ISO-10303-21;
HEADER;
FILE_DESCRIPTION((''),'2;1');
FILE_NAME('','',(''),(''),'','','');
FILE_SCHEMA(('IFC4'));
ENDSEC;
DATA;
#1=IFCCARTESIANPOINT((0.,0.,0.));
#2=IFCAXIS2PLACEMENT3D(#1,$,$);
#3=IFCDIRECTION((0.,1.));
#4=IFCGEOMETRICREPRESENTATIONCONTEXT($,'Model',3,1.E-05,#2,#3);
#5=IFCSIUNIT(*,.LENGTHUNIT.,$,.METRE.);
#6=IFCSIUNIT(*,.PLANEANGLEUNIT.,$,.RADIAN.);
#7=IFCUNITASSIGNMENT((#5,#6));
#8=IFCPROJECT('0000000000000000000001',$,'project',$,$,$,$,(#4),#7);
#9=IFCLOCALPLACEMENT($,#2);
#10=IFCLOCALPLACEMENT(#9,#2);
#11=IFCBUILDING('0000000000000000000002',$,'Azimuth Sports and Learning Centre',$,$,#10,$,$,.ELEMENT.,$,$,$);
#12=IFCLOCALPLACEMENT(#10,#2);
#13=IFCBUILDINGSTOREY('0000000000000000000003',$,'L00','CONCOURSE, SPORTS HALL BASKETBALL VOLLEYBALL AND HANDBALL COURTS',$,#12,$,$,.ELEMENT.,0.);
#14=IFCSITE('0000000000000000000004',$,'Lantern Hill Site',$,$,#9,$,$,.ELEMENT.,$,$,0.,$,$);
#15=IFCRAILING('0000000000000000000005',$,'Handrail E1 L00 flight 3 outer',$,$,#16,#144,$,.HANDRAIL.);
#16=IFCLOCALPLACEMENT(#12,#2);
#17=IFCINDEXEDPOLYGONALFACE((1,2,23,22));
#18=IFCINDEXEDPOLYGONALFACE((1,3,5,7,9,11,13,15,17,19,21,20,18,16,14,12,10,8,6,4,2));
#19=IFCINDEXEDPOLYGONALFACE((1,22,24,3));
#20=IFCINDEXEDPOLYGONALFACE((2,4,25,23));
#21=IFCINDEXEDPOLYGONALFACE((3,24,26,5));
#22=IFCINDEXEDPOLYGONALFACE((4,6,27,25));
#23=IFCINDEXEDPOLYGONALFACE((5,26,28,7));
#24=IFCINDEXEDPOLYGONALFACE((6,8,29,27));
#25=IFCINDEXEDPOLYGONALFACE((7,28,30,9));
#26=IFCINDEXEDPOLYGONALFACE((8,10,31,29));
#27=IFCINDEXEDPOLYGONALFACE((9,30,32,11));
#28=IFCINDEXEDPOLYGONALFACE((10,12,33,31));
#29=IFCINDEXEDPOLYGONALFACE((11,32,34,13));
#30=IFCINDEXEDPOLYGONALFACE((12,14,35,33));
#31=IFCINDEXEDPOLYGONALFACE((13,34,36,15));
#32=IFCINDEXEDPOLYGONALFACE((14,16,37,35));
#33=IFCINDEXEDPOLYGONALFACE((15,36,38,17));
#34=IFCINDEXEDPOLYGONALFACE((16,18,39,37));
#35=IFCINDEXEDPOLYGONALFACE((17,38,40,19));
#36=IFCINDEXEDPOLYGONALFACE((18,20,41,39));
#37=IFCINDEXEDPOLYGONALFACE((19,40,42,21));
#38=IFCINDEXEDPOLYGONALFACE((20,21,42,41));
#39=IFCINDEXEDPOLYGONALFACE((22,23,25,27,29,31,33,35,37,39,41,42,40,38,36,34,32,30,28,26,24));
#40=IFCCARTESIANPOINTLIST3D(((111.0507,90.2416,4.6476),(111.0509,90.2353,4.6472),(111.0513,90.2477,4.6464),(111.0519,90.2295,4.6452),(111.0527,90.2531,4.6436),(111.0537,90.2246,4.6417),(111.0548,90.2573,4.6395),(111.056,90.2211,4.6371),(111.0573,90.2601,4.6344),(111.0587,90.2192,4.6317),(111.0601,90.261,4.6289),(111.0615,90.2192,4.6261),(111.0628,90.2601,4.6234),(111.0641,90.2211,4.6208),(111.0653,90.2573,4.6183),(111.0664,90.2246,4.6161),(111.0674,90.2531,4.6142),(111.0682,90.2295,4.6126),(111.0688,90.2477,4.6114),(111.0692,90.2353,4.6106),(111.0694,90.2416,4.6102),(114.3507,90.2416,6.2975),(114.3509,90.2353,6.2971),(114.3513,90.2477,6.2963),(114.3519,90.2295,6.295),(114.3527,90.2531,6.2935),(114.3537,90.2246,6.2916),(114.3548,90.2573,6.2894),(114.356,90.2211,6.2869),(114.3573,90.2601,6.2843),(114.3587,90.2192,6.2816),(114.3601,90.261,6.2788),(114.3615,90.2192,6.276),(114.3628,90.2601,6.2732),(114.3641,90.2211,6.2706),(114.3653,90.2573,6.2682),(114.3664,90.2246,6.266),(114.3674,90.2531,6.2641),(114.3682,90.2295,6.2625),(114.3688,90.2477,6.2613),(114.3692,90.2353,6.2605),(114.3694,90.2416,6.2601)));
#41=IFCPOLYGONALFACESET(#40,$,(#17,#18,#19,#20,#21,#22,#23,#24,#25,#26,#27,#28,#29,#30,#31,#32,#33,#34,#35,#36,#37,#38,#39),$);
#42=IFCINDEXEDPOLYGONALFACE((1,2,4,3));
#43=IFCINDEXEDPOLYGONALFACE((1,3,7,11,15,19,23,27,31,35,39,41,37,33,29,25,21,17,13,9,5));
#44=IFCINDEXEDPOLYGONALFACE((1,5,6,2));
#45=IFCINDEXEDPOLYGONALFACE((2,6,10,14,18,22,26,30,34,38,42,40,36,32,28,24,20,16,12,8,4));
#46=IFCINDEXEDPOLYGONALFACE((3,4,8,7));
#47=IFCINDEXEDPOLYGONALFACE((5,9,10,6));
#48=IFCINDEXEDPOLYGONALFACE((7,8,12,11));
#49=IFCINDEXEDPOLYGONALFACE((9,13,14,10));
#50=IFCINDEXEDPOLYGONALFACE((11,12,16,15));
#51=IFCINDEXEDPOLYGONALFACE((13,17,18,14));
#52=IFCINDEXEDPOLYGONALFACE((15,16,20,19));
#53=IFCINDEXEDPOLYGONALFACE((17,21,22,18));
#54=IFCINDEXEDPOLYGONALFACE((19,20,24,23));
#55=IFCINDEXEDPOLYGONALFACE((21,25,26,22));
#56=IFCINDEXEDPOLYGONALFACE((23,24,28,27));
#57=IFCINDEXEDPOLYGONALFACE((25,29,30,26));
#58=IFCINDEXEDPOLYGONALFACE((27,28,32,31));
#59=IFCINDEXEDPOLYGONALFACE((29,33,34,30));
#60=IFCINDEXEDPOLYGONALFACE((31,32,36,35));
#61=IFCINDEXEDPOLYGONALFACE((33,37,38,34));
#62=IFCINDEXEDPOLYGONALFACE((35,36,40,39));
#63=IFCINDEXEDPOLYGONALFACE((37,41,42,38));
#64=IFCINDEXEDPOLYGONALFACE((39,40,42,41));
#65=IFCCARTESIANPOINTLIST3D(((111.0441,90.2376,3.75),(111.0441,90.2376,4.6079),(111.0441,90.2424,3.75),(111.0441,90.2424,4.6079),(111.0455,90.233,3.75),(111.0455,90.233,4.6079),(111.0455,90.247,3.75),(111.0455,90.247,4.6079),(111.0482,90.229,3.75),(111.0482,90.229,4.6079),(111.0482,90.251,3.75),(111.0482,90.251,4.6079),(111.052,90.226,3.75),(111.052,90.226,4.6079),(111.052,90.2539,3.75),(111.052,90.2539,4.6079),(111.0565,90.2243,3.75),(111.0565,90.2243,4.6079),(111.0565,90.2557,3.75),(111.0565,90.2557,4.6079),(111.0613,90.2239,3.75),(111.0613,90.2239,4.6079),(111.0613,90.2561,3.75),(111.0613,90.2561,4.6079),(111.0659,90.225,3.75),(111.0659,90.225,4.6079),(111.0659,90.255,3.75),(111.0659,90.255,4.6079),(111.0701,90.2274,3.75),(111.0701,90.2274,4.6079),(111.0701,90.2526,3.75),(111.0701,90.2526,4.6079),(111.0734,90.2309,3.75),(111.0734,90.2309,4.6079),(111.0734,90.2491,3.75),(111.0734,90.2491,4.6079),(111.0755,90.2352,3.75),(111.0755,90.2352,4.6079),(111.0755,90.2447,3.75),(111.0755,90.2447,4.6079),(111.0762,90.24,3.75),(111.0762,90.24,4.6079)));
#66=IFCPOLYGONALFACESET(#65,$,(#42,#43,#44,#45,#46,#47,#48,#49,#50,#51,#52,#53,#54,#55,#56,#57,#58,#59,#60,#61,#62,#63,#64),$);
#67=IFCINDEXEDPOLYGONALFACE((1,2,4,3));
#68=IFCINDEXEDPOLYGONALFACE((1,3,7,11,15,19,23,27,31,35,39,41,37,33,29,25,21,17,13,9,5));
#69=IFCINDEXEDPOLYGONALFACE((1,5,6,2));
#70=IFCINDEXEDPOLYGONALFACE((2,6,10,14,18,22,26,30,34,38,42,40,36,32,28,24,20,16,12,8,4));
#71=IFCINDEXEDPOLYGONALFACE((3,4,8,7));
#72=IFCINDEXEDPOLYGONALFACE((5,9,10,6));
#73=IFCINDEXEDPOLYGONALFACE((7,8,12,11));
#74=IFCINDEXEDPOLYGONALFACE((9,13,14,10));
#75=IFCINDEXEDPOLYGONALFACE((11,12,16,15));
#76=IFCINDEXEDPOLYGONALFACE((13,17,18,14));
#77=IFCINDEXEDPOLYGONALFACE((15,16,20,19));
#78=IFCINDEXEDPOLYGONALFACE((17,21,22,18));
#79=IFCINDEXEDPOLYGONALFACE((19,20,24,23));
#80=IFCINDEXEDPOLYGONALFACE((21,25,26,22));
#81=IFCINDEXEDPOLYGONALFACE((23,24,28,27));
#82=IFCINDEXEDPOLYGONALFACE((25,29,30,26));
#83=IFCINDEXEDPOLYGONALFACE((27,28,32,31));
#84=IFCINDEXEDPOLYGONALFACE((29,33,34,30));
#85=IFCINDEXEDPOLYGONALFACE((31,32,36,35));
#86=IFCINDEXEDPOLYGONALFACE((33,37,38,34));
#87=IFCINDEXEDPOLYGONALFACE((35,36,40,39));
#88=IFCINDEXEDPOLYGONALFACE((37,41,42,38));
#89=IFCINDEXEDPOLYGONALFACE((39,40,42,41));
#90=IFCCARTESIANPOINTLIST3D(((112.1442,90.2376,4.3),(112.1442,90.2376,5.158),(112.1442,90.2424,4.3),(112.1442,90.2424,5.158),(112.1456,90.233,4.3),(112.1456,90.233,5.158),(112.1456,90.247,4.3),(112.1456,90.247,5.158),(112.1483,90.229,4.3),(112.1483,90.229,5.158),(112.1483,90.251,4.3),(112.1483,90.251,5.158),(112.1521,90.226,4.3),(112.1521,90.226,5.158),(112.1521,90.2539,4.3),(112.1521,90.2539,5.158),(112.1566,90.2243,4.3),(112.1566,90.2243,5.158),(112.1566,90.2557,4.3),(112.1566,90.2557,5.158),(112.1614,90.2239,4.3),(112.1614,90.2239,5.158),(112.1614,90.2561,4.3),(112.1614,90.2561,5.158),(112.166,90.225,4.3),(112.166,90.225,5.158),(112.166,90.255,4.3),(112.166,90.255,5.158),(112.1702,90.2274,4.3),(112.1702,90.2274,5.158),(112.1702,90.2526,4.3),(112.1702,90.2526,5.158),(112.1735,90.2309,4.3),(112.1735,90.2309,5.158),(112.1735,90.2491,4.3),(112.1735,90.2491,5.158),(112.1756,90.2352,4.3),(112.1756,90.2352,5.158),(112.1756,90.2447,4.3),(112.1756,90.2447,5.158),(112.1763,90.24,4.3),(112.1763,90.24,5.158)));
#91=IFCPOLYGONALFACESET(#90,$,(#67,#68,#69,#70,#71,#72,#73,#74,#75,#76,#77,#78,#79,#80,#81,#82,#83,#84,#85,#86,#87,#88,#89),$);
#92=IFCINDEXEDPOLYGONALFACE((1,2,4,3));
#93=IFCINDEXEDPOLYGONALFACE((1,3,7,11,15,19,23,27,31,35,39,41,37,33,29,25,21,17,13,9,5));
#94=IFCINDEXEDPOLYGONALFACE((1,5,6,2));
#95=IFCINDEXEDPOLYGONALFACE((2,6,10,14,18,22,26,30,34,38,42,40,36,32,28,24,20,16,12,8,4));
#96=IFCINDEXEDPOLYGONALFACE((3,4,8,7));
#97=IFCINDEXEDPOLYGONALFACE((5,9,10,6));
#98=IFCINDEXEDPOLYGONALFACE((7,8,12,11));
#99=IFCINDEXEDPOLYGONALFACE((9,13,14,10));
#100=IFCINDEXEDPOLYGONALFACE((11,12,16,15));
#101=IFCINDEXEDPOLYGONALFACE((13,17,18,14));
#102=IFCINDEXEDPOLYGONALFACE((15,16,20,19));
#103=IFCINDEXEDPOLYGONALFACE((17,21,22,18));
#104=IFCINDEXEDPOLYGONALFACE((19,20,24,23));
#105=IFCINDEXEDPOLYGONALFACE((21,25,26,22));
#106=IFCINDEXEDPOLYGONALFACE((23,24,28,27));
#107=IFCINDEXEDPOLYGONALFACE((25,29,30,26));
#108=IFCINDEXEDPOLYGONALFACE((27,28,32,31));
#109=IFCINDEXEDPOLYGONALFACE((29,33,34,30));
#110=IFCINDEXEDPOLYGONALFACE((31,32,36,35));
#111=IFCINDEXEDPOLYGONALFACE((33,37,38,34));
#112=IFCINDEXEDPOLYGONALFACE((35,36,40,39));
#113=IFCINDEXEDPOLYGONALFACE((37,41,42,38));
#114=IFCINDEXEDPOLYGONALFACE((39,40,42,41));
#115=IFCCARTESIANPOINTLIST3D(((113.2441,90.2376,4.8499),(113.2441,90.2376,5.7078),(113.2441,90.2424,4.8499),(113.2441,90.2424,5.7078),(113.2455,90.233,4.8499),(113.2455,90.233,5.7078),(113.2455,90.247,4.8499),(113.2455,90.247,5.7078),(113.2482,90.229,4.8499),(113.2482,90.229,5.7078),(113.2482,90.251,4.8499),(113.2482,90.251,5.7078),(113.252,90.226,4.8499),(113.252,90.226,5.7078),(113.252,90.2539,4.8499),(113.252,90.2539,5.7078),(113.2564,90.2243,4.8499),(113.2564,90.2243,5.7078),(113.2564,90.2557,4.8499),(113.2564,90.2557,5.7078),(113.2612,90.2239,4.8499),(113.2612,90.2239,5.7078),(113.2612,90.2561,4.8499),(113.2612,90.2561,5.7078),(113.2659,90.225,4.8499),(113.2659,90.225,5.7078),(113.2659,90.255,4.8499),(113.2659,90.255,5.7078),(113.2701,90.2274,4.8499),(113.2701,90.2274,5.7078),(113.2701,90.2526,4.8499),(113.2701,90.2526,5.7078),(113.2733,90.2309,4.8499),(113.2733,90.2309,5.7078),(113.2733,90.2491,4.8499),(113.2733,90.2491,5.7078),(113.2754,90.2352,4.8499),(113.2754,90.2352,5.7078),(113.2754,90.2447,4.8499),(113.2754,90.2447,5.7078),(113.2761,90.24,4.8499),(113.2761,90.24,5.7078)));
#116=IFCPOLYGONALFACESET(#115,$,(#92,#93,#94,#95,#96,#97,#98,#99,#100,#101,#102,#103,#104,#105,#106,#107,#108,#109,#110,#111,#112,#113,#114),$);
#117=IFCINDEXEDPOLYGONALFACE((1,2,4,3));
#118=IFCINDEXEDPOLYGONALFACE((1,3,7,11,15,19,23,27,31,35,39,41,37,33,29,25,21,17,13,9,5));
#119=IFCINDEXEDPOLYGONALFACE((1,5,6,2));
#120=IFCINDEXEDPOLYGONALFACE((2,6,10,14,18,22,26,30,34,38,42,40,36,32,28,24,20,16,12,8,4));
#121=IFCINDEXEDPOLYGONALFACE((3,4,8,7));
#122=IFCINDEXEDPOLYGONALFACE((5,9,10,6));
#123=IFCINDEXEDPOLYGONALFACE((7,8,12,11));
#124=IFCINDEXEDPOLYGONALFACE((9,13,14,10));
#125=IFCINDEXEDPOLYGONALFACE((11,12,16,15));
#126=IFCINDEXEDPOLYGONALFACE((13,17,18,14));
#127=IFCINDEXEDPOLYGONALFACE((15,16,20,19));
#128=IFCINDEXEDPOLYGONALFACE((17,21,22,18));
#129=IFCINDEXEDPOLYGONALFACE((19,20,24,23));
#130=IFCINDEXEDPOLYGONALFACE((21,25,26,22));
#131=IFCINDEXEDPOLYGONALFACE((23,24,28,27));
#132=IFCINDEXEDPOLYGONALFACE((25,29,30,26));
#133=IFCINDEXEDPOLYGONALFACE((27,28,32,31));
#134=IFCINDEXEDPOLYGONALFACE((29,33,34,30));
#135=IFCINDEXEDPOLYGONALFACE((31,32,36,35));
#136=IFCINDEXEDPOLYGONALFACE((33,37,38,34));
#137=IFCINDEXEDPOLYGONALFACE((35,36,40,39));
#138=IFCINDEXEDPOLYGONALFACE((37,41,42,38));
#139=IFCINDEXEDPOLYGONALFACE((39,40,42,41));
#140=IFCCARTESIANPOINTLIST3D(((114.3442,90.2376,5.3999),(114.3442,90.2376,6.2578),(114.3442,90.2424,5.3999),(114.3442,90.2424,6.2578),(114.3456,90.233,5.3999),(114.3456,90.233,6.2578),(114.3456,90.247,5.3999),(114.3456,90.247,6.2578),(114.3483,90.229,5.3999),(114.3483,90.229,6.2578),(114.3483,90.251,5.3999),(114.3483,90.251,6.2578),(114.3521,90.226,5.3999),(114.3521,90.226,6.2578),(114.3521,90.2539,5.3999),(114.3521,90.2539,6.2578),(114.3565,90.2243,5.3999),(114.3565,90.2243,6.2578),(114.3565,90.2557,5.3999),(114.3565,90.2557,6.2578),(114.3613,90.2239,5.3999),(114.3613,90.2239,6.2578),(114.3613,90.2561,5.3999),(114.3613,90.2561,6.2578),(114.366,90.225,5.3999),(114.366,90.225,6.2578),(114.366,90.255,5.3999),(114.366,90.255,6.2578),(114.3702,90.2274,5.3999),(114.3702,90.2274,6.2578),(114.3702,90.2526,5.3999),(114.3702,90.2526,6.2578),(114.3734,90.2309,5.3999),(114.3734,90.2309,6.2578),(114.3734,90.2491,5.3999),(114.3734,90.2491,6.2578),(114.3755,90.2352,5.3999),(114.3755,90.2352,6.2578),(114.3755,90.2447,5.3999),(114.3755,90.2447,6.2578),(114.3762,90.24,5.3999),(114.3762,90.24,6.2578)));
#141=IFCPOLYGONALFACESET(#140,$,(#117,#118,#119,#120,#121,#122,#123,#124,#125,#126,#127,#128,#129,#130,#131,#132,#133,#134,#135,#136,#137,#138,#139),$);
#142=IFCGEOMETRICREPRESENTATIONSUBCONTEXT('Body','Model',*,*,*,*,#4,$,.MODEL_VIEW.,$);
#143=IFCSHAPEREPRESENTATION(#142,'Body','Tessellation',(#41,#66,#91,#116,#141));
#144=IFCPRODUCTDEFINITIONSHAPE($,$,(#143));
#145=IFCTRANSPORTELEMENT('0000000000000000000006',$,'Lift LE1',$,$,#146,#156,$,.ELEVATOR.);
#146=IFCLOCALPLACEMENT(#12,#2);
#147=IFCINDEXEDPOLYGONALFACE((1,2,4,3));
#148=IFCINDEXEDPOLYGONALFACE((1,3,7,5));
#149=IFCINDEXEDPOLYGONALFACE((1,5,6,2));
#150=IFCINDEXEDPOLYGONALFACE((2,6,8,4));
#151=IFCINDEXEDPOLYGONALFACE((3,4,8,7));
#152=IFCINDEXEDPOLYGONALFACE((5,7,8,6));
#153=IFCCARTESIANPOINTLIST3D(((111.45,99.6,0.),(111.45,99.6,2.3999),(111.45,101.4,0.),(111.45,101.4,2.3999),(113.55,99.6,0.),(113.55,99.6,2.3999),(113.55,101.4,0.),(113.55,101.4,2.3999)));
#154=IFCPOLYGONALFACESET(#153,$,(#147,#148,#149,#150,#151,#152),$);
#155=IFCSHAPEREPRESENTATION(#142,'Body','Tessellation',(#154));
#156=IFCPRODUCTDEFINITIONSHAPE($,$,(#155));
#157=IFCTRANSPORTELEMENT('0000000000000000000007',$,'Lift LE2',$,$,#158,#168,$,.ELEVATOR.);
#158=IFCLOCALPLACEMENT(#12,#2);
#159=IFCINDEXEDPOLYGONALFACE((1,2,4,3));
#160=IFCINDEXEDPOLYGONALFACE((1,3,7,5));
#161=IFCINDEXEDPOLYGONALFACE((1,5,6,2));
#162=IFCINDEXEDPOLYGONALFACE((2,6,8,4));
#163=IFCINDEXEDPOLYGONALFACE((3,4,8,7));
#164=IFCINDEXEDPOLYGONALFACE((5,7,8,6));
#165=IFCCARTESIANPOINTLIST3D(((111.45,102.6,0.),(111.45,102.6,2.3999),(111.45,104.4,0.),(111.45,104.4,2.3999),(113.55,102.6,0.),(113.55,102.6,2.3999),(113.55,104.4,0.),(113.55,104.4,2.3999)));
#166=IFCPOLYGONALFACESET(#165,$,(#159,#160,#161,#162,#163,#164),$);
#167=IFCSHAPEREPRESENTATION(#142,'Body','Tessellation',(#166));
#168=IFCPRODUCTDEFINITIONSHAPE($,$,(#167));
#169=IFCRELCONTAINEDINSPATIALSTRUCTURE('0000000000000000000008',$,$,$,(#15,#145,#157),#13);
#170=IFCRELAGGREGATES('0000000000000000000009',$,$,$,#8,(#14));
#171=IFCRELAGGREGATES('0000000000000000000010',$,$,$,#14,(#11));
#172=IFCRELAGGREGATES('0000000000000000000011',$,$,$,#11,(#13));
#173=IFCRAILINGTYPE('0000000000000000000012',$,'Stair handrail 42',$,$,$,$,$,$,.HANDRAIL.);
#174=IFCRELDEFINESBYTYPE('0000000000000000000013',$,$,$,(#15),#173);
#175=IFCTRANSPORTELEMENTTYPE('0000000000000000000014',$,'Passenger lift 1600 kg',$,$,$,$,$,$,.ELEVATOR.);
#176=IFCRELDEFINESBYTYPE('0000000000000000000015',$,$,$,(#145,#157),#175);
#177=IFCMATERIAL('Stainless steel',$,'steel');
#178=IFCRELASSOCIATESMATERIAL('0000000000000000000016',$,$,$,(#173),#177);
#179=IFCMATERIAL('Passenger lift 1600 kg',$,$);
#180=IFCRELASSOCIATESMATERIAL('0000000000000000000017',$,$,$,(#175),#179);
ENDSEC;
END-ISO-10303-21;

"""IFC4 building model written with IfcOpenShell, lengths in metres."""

from ifc_helpers import new_model, si_unit, direction, frame, origin, origin_2d, place, context, subcontext, project, spatial, rectangle, circle, extrude, material, type_object, element, save


model = new_model("IFC4")

# Units and contexts
model_context = context("Model", 3, precision=1e-05, world=origin(), true_north=direction((0.0, 1.0)))
body_context = subcontext(model_context, "Body", "Model", "MODEL_VIEW")
ifc_project = project(units=[si_unit("LENGTHUNIT", "METRE"), si_unit("PLANEANGLEUNIT", "RADIAN")], contexts=[model_context])

# Site, building, storey
site_placement = place(None, origin())
site = spatial("IfcSite", under=ifc_project, at=site_placement, Name="Lantern Hill Site", CompositionType="ELEMENT", RefElevation=0.0)
building_placement = place(site_placement, origin())
building = spatial("IfcBuilding", under=site, at=building_placement, Name="Azimuth Sports and Learning Centre", CompositionType="ELEMENT")
storey_placement = place(building_placement, origin())
storey = spatial("IfcBuildingStorey", under=building, at=storey_placement, Name="L00", Description="CONCOURSE, SPORTS HALL BASKETBALL VOLLEYBALL AND HANDBALL COURTS", CompositionType="ELEMENT", Elevation=0.0)

# Railing
ifc_material_1 = material(Name="Stainless steel", Category="steel")
railing_type_1 = type_object("IfcRailingType", Name="Stair handrail 42", PredefinedType="HANDRAIL", material=ifc_material_1)
for number, where, name in (
    (1, (111.0601, 90.24, 3.75), "Handrail E1 L00 flight 3 outer"),
):
    element("IfcRailing", number, at=place(storey_placement, frame(where)), inside=storey, type_object=railing_type_1, Name=name, PredefinedType="HANDRAIL", context=body_context, shape_type="SweptSolid", body=[
        extrude(circle(Radius=0.021, at=origin_2d()), frame((0.0, 0.0, 0.8789), z_axis=(0.89444, 0.0, 0.447187), x_axis=(0.0, 1.0, 0.0)), (0.0, 0.0, 1.0), 3.6895),
        extrude(circle(Radius=0.0161, at=origin_2d()), origin(), (0.0, 0.0, 1.0), 0.8579),
        extrude(circle(Radius=0.0161, at=origin_2d()), frame((1.1001, 0.0, 0.55)), (0.0, 0.0, 1.0), 0.8579),
        extrude(circle(Radius=0.0161, at=origin_2d()), frame((2.2, 0.0, 1.0999)), (0.0, 0.0, 1.0), 0.8579),
        extrude(circle(Radius=0.0161, at=origin_2d()), frame((3.3, 0.0, 1.6499)), (0.0, 0.0, 1.0), 0.8579),
    ])

# Transport elements
ifc_material_2 = material(Name="Passenger lift 1600 kg")
transport_element_type = type_object("IfcTransportElementType", Name="Passenger lift 1600 kg", PredefinedType="ELEVATOR", material=ifc_material_2)
for number, where, z_axis, x_axis, name in (
    (2, (112.5, 100.5, 0.0), (0.0, 0.0, 1.0), (1.0, 0.0, 0.0), "Lift LE1"),
    (3, (112.5, 103.5, 0.0), (0.0, 0.0, 1.0), (1.0, 0.0, 0.0), "Lift LE2"),
):
    element("IfcTransportElement", number, at=place(storey_placement, frame(where, z_axis=z_axis, x_axis=x_axis)), inside=storey, type_object=transport_element_type, Name=name, PredefinedType="ELEVATOR", context=body_context, shape_type="SweptSolid", body=[
        extrude(rectangle(XDim=2.1001, YDim=1.8, at=origin_2d()), origin(), (0.0, 0.0, 1.0), 2.3999),
    ])

save(model, "model.ifc")
